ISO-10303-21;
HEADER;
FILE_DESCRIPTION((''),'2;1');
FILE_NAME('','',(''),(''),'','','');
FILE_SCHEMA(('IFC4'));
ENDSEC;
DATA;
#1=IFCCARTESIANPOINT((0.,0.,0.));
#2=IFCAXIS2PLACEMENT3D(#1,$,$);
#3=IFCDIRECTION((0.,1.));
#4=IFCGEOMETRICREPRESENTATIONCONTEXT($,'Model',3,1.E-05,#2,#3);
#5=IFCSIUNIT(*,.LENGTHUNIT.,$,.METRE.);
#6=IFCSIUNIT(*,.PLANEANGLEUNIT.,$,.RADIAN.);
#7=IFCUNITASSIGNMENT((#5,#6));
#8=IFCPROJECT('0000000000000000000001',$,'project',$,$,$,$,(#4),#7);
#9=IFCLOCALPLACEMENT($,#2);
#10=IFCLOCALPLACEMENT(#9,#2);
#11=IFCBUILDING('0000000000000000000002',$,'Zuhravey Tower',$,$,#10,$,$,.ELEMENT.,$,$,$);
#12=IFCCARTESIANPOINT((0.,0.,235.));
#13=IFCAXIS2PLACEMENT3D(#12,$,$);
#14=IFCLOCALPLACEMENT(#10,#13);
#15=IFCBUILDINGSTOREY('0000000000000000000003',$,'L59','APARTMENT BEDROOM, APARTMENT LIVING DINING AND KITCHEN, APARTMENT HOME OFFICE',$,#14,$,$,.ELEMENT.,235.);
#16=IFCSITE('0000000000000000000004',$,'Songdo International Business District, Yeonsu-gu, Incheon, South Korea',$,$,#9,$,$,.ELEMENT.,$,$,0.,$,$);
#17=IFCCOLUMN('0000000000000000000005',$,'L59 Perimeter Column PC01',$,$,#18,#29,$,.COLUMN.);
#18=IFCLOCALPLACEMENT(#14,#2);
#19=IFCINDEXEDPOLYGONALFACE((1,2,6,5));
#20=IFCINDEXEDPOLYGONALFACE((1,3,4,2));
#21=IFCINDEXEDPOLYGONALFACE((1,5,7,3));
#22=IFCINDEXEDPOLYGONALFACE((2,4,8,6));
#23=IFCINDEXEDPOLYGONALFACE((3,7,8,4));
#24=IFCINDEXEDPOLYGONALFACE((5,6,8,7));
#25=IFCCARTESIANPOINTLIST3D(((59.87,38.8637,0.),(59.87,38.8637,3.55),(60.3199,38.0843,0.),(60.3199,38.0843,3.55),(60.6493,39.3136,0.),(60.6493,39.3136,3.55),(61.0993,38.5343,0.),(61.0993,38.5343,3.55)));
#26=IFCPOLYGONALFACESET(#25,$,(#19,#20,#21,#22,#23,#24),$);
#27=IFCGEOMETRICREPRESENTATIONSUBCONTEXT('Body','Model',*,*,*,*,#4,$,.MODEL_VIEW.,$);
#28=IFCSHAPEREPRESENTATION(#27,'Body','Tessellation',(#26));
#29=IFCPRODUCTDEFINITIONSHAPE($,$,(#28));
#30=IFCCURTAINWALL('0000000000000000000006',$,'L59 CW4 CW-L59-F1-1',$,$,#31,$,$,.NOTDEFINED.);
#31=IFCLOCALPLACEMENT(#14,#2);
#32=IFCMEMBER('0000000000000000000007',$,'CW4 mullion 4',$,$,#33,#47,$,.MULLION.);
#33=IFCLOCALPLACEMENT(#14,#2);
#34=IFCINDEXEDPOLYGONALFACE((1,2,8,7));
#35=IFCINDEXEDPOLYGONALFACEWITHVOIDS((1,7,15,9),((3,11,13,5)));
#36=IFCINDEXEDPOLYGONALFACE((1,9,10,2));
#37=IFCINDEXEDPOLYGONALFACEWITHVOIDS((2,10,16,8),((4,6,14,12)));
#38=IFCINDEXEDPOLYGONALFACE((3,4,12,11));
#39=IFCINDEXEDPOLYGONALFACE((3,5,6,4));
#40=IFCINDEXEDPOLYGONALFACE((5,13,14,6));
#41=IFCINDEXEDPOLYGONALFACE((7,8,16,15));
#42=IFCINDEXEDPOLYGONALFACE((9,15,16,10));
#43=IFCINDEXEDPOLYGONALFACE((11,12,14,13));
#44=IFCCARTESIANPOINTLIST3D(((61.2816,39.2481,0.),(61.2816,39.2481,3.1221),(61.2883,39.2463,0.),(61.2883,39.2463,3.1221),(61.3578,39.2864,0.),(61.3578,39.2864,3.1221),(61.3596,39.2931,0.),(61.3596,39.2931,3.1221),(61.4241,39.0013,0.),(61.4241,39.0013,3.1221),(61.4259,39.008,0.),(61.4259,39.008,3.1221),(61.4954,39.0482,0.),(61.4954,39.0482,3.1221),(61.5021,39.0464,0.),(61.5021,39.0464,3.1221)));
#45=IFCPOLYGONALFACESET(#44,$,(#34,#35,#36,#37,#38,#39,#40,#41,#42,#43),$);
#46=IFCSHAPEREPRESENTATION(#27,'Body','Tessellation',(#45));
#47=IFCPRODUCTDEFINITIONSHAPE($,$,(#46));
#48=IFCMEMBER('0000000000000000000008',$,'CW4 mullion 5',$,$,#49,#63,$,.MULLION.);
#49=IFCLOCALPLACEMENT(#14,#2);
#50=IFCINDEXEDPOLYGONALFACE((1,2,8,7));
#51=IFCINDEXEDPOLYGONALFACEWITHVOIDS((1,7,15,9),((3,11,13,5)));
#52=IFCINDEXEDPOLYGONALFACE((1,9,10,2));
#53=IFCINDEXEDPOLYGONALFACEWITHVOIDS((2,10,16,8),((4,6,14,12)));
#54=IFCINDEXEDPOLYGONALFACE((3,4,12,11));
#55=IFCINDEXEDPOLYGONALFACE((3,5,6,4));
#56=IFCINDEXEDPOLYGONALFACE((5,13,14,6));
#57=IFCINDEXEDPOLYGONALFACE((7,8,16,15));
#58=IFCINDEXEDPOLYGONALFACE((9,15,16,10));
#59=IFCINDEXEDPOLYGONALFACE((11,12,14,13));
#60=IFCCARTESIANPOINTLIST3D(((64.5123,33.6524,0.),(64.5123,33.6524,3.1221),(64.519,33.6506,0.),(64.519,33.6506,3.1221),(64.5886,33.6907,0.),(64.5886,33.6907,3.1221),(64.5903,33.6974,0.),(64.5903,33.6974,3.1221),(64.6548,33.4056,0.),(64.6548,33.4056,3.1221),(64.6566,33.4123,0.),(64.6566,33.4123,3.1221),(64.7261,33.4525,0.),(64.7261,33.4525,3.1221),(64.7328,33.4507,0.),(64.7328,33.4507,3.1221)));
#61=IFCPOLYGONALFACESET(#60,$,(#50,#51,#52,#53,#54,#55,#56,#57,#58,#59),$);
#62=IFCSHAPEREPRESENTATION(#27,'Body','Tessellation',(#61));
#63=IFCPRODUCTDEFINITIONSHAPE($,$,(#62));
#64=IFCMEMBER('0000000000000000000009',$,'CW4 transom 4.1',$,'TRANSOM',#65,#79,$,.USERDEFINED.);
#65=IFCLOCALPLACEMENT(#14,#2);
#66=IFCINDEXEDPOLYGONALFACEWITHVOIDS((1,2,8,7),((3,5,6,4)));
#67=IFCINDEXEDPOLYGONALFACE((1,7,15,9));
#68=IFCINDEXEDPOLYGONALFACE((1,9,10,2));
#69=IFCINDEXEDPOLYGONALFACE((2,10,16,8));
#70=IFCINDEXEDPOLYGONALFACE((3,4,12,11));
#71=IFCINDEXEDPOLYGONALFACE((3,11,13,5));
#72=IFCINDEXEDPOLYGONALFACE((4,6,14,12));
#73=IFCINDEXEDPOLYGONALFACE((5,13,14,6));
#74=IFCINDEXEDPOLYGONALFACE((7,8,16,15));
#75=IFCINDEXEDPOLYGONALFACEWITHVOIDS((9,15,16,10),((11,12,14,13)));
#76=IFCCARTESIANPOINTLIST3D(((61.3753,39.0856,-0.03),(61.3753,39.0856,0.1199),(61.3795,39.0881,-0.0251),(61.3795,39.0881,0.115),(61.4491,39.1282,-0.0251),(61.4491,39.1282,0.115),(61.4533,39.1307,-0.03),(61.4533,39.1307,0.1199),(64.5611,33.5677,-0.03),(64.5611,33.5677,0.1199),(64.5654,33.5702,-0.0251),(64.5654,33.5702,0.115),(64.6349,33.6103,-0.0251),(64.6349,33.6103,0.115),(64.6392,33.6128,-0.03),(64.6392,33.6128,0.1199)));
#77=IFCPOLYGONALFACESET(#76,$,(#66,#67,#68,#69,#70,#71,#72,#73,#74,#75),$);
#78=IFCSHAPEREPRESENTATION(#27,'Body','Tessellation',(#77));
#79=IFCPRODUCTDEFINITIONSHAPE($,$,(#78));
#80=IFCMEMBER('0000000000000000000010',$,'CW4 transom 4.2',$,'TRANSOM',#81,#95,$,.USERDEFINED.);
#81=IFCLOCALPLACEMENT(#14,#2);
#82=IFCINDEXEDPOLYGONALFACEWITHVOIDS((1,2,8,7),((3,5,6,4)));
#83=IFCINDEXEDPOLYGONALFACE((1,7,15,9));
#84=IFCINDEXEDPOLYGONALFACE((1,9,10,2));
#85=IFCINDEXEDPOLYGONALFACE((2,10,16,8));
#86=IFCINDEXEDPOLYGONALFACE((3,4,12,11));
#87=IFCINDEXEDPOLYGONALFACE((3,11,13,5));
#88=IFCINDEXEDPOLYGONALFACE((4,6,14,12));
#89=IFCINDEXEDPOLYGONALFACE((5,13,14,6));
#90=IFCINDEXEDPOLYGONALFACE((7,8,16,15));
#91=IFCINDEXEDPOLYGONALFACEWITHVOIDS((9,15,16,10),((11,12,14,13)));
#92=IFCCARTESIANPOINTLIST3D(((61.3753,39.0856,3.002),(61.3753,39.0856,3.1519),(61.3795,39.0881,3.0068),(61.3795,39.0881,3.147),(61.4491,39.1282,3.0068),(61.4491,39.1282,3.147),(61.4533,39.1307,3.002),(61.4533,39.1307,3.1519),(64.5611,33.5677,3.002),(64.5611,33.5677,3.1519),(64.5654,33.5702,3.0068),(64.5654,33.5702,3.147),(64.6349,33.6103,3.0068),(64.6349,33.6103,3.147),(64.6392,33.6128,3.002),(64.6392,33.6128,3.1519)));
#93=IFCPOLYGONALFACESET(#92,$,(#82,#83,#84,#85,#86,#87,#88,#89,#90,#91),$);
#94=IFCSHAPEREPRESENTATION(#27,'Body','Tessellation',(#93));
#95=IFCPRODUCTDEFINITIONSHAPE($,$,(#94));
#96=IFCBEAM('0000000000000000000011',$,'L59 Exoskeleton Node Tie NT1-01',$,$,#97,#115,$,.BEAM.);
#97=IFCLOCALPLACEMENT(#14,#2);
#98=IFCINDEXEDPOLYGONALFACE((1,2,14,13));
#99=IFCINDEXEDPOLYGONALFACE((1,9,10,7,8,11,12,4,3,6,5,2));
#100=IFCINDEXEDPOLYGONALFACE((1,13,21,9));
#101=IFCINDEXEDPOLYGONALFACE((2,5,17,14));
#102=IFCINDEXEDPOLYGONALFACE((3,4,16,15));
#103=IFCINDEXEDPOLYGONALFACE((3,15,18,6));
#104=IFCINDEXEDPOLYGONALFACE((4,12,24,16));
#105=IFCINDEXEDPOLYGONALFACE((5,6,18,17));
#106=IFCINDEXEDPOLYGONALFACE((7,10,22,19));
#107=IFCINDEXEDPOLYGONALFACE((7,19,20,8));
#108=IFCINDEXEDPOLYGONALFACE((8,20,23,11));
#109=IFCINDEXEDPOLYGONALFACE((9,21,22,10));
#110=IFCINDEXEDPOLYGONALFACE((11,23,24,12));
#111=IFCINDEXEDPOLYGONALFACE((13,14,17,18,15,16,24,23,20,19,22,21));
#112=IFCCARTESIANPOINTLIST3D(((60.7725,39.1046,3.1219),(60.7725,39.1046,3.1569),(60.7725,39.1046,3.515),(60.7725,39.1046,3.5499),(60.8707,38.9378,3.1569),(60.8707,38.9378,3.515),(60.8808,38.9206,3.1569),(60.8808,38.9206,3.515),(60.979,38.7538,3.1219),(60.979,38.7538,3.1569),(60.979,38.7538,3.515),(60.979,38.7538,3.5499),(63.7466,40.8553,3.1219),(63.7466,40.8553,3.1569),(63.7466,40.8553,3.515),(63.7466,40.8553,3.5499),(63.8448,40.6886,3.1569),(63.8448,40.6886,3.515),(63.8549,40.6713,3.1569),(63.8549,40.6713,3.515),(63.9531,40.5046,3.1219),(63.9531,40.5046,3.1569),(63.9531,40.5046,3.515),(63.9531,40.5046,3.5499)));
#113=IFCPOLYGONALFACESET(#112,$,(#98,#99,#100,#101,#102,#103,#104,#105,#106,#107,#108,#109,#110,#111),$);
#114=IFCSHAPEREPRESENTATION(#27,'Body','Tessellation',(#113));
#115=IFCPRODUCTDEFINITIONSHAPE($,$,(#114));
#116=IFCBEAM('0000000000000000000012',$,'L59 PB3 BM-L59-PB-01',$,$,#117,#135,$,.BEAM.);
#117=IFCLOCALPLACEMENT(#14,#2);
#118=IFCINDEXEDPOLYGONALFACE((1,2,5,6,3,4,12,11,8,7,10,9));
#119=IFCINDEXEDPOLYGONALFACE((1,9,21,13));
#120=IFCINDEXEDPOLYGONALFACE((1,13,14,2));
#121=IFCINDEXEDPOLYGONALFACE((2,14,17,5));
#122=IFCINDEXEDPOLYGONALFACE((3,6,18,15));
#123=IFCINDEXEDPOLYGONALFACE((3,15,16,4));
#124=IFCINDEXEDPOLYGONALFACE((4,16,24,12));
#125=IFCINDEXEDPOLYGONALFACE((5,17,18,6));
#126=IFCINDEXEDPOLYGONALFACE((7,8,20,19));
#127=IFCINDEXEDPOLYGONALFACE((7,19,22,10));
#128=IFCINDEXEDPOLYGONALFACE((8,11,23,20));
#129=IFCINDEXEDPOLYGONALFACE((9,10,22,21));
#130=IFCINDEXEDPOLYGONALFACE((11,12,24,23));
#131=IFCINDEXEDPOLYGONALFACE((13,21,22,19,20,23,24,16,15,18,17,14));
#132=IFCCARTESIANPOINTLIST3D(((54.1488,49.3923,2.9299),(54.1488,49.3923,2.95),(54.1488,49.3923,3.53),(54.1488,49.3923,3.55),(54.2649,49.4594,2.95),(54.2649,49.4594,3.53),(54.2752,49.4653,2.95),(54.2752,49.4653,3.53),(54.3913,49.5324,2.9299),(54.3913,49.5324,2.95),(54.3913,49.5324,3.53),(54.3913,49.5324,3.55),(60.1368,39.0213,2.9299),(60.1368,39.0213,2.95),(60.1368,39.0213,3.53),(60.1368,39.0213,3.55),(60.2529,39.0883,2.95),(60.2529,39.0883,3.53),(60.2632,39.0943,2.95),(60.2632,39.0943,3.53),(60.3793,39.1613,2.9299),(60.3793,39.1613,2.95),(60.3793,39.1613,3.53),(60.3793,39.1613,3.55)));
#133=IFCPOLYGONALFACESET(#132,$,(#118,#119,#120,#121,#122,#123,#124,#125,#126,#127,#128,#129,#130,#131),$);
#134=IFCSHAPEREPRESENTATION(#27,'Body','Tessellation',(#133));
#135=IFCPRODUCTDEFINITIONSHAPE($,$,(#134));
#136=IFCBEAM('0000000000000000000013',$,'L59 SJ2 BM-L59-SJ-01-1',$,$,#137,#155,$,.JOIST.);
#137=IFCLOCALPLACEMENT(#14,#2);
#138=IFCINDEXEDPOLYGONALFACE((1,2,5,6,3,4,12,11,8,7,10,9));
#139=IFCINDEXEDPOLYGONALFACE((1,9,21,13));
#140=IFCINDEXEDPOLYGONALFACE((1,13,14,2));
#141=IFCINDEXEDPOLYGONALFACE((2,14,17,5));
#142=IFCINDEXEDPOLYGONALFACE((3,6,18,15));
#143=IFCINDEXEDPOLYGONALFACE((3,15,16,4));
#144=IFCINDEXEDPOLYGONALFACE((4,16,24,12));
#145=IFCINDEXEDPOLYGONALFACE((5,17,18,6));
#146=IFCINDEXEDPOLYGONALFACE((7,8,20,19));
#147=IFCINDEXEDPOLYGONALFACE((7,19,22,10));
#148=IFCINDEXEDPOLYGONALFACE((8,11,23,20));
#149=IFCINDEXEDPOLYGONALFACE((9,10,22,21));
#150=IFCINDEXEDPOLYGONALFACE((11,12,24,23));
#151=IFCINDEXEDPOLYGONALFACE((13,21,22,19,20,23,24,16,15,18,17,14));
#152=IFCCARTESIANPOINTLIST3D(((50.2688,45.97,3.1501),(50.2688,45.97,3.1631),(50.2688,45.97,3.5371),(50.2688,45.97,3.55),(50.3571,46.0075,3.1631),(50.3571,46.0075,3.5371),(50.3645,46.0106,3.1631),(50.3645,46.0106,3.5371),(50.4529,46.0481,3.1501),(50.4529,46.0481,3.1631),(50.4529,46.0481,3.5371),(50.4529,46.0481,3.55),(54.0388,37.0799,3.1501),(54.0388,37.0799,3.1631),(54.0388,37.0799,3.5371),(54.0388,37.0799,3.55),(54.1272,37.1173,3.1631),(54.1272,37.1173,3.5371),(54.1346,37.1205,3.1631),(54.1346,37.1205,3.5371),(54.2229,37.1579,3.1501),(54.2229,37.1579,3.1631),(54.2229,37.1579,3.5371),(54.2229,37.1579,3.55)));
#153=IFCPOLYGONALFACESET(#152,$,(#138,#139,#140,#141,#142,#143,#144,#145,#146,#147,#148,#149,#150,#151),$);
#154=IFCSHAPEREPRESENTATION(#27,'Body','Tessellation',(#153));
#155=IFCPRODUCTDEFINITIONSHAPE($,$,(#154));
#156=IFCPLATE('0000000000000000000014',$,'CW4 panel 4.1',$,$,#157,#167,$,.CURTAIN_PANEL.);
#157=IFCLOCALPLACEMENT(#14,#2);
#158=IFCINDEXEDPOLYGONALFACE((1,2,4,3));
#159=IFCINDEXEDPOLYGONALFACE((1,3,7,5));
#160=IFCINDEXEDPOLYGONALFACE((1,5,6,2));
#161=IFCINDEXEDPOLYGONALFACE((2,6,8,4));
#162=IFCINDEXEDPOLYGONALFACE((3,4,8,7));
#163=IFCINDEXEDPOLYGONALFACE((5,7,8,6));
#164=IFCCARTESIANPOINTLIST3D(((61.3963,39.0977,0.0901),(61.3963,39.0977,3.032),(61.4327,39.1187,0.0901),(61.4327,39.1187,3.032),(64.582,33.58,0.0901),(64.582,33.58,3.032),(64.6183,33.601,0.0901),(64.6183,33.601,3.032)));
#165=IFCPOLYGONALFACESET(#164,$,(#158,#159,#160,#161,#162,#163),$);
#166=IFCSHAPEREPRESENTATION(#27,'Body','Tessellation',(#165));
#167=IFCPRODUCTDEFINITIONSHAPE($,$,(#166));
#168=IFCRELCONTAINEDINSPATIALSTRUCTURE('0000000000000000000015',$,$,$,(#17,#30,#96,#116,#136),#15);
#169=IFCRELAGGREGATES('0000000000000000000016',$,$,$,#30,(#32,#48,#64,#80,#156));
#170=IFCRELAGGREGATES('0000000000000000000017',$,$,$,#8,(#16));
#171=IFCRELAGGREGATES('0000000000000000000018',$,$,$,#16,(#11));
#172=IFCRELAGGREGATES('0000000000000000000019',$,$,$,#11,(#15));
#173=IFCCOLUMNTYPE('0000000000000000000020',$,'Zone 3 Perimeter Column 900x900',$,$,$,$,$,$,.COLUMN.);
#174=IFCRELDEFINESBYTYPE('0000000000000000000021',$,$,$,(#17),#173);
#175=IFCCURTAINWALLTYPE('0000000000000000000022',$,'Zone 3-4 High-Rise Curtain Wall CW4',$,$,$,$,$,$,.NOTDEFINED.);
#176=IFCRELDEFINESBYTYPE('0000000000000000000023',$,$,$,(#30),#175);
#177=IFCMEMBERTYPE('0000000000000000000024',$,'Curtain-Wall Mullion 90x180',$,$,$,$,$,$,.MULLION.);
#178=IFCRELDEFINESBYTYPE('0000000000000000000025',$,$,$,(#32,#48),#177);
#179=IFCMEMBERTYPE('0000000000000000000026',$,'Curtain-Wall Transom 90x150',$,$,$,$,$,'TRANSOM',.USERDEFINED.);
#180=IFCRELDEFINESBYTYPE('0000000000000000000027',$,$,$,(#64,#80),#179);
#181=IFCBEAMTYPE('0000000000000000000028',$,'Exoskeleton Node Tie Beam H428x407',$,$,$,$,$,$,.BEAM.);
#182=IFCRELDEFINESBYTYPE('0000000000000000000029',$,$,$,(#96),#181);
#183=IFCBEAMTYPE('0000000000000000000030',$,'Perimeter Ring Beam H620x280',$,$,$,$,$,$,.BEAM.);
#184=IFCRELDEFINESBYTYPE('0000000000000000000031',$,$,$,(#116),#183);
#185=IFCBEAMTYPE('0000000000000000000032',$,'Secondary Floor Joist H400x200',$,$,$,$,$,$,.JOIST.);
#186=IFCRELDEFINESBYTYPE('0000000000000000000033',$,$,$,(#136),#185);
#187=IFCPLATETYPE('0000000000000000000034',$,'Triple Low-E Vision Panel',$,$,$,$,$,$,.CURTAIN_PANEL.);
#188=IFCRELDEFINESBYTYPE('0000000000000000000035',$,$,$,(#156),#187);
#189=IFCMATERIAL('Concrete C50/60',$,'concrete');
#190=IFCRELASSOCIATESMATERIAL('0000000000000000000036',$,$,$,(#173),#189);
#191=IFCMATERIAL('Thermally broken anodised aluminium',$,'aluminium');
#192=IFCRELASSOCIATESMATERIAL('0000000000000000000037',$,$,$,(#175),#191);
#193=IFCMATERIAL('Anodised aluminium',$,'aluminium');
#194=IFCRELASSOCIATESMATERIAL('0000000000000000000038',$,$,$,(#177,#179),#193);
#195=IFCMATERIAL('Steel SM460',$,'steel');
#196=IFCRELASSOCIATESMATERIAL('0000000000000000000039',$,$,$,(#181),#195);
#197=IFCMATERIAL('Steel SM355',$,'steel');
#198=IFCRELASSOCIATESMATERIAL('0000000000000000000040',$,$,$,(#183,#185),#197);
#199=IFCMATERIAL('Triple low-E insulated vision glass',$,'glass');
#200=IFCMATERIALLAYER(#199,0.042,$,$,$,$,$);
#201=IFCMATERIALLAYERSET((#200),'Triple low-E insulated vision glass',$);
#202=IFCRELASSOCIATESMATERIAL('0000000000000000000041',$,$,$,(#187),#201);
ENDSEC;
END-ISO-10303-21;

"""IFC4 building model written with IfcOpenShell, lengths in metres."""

from ifc_helpers import new_model, si_unit, direction, frame, origin, origin_2d, place, context, subcontext, project, spatial, rectangle, hollow_rectangle, i_section, extrude, material, layer, layer_set, material_profile, profile_set, type_object, element, aggregate, save


model = new_model("IFC4")

# Units and contexts
model_context = context("Model", 3, precision=1e-05, world=origin(), true_north=direction((0.0, 1.0)))
body_context = subcontext(model_context, "Body", "Model", "MODEL_VIEW")
ifc_project = project(units=[si_unit("LENGTHUNIT", "METRE"), si_unit("PLANEANGLEUNIT", "RADIAN")], contexts=[model_context])

# Site, building, storey
site_placement = place(None, origin())
site = spatial("IfcSite", under=ifc_project, at=site_placement, Name="Songdo International Business District, Yeonsu-gu, Incheon, South Korea", CompositionType="ELEMENT", RefElevation=0.0)
building_placement = place(site_placement, origin())
building = spatial("IfcBuilding", under=site, at=building_placement, Name="Zuhravey Tower", CompositionType="ELEMENT")
storey_placement = place(building_placement, frame((0.0, 0.0, 235.0)))
storey = spatial("IfcBuildingStorey", under=building, at=storey_placement, Name="L59", Description="APARTMENT BEDROOM, APARTMENT LIVING DINING AND KITCHEN, APARTMENT HOME OFFICE", CompositionType="ELEMENT", Elevation=235.0)

# Column
ifc_material_1 = material(Name="Concrete C50/60", Category="concrete")
ifc_material_profile_1 = material_profile(ifc_material_1, rectangle(XDim=0.8999, YDim=0.8999, at=origin_2d()), Name="RC-900x900")
ifc_profile_set_1 = profile_set([ifc_material_profile_1], Name="Concrete C50/60")
column_type = type_object("IfcColumnType", Name="Zone 3 Perimeter Column 900x900", PredefinedType="COLUMN", material=ifc_profile_set_1)
column_placement = place(storey_placement, frame((60.4846, 38.699, 0.0), z_axis=(0.0, 0.0, 1.0), x_axis=(-0.5, 0.866025, 0.0)))
element("IfcColumn", 1, at=column_placement, inside=storey, type_object=column_type, Name="L59 Perimeter Column PC01", PredefinedType="COLUMN", context=body_context, shape_type="SweptSolid", body=[
    extrude(rectangle(XDim=0.8999, YDim=0.8999, at=origin_2d()), origin(), (0.0, 0.0, 1.0), 3.55),
])

# Curtain wall, members
ifc_material_2 = material(Name="Thermally broken anodised aluminium", Category="aluminium")
curtain_wall_type = type_object("IfcCurtainWallType", Name="Zone 3-4 High-Rise Curtain Wall CW4", PredefinedType="NOTDEFINED", material=ifc_material_2)
curtain_wall_placement = place(storey_placement, origin())
curtain_wall = element("IfcCurtainWall", 2, at=curtain_wall_placement, inside=storey, type_object=curtain_wall_type, Name="L59 CW4 CW-L59-F1-1", PredefinedType="NOTDEFINED")
ifc_material_3 = material(Name="Anodised aluminium", Category="aluminium")
ifc_material_profile_2 = material_profile(ifc_material_3, hollow_rectangle(XDim=0.0901, YDim=0.2849, WallThickness=0.0049, at=origin_2d()), Name="ALU-RHS-90x285x5")
ifc_profile_set_2 = profile_set([ifc_material_profile_2], Name="Anodised aluminium")
member_type_1 = type_object("IfcMemberType", Name="Curtain-Wall Mullion 90x180", PredefinedType="MULLION", material=ifc_profile_set_2)
member_1_placement = place(storey_placement, frame((61.3918, 39.1472, 0.0), z_axis=(0.0, 0.0, 1.0), x_axis=(0.866025, 0.500001, 0.0)))
member_1 = element("IfcMember", 3, at=member_1_placement, type_object=member_type_1, Name="CW4 mullion 4", PredefinedType="MULLION", context=body_context, shape_type="SweptSolid", body=[
    extrude(hollow_rectangle(XDim=0.0901, YDim=0.2849, WallThickness=0.0049, at=origin_2d()), origin(), (0.0, 0.0, 1.0), 3.1221),
])
member_2_placement = place(storey_placement, frame((64.6226, 33.5515, 0.0), z_axis=(0.0, 0.0, 1.0), x_axis=(0.866025, 0.500001, 0.0)))
member_2 = element("IfcMember", 4, at=member_2_placement, type_object=member_type_1, Name="CW4 mullion 5", PredefinedType="MULLION", context=body_context, shape_type="SweptSolid", body=[
    extrude(hollow_rectangle(XDim=0.0901, YDim=0.2849, WallThickness=0.0049, at=origin_2d()), origin(), (0.0, 0.0, 1.0), 3.1221),
])
ifc_material_profile_3 = material_profile(ifc_material_3, hollow_rectangle(XDim=0.0901, YDim=0.1499, WallThickness=0.0049, at=origin_2d()), Name="ALU-RHS-90x150x5")
ifc_profile_set_3 = profile_set([ifc_material_profile_3], Name="Anodised aluminium")
member_type_2 = type_object("IfcMemberType", Name="Curtain-Wall Transom 90x150", ElementType="TRANSOM", PredefinedType="USERDEFINED", material=ifc_profile_set_3)
member_3_placement = place(storey_placement, frame((61.4143, 39.1082, 0.0449), z_axis=(0.500009, -0.86602, 0.0), x_axis=(0.86602, 0.500009, 0.0)))
member_3 = element("IfcMember", 5, at=member_3_placement, type_object=member_type_2, Name="CW4 transom 4.1", ObjectType="TRANSOM", PredefinedType="USERDEFINED", context=body_context, shape_type="SweptSolid", body=[
    extrude(hollow_rectangle(XDim=0.0901, YDim=0.1499, WallThickness=0.0049, at=origin_2d()), origin(), (0.0, 0.0, 1.0), 6.3716),
])
member_4_placement = place(storey_placement, frame((61.4143, 39.1082, 3.0769), z_axis=(0.500009, -0.86602, 0.0), x_axis=(0.86602, 0.500009, 0.0)))
member_4 = element("IfcMember", 6, at=member_4_placement, type_object=member_type_2, Name="CW4 transom 4.2", ObjectType="TRANSOM", PredefinedType="USERDEFINED", context=body_context, shape_type="SweptSolid", body=[
    extrude(hollow_rectangle(XDim=0.0901, YDim=0.1499, WallThickness=0.0049, at=origin_2d()), origin(), (0.0, 0.0, 1.0), 6.3716),
])

# Beams
ifc_material_4 = material(Name="Steel SM460", Category="steel")
ifc_material_profile_4 = material_profile(ifc_material_4, i_section(OverallWidth=0.407, OverallDepth=0.428, WebThickness=0.02, FlangeThickness=0.0349, at=origin_2d()), Name="H-428x407x20x35")
ifc_profile_set_4 = profile_set([ifc_material_profile_4], Name="Steel SM460")
beam_type_1 = type_object("IfcBeamType", Name="Exoskeleton Node Tie Beam H428x407", PredefinedType="BEAM", material=ifc_profile_set_4)
beam_1_placement = place(storey_placement, frame((60.8757, 38.9292, 3.3359), z_axis=(0.861776, 0.507289, 0.0), x_axis=(-0.507289, 0.861776, 0.0)))
element("IfcBeam", 7, at=beam_1_placement, inside=storey, type_object=beam_type_1, Name="L59 Exoskeleton Node Tie NT1-01", PredefinedType="BEAM", context=body_context, shape_type="SweptSolid", body=[
    extrude(i_section(OverallWidth=0.407, OverallDepth=0.428, WebThickness=0.02, FlangeThickness=0.0349, at=origin_2d()), origin(), (0.0, 0.0, 1.0), 3.4512),
])
ifc_material_5 = material(Name="Steel SM355", Category="steel")
ifc_material_profile_5 = material_profile(ifc_material_5, i_section(OverallWidth=0.28, OverallDepth=0.6201, WebThickness=0.012, FlangeThickness=0.02, at=origin_2d()), Name="H-620x280x12x20")
ifc_profile_set_5 = profile_set([ifc_material_profile_5], Name="Steel SM355")
beam_type_2 = type_object("IfcBeamType", Name="Perimeter Ring Beam H620x280", PredefinedType="BEAM", material=ifc_profile_set_5)
beam_2_placement = place(storey_placement, frame((60.2581, 39.0913, 3.24), z_axis=(-0.500018, 0.866015, 0.0), x_axis=(-0.866015, -0.500018, 0.0)))
element("IfcBeam", 8, at=beam_2_placement, inside=storey, type_object=beam_type_2, Name="L59 PB3 BM-L59-PB-01", PredefinedType="BEAM", context=body_context, shape_type="SweptSolid", body=[
    extrude(i_section(OverallWidth=0.28, OverallDepth=0.6201, WebThickness=0.012, FlangeThickness=0.02, at=origin_2d()), origin(), (0.0, 0.0, 1.0), 11.9756),
])
ifc_material_profile_6 = material_profile(ifc_material_5, i_section(OverallWidth=0.2, OverallDepth=0.3999, WebThickness=0.0081, FlangeThickness=0.0129, at=origin_2d()), Name="H-400x200x8x13")
ifc_profile_set_6 = profile_set([ifc_material_profile_6], Name="Steel SM355")
beam_type_3 = type_object("IfcBeamType", Name="Secondary Floor Joist H400x200", PredefinedType="JOIST", material=ifc_profile_set_6)
beam_3_placement = place(storey_placement, frame((54.1309, 37.1189, 3.3501), z_axis=(-0.390413, 0.92064, 0.0), x_axis=(-0.92064, -0.390413, 0.0)))
element("IfcBeam", 9, at=beam_3_placement, inside=storey, type_object=beam_type_3, Name="L59 SJ2 BM-L59-SJ-01-1", PredefinedType="JOIST", context=body_context, shape_type="SweptSolid", body=[
    extrude(i_section(OverallWidth=0.2, OverallDepth=0.3999, WebThickness=0.0081, FlangeThickness=0.0129, at=origin_2d()), origin(), (0.0, 0.0, 1.0), 9.6565),
])

# Plate
ifc_material_6 = material(Name="Triple low-E insulated vision glass", Category="glass")
ifc_layer_1 = layer(ifc_material_6, 0.042)
ifc_layer_set_1 = layer_set([ifc_layer_1], Name="Triple low-E insulated vision glass")
plate_type = type_object("IfcPlateType", Name="Triple Low-E Vision Panel", PredefinedType="CURTAIN_PANEL", material=ifc_layer_set_1)
plate_placement = place(storey_placement, frame((63.0073, 36.3494, 0.0901), z_axis=(0.0, 0.0, 1.0), x_axis=(0.500001, -0.866025, 0.0)))
plate = element("IfcPlate", 10, at=plate_placement, type_object=plate_type, Name="CW4 panel 4.1", PredefinedType="CURTAIN_PANEL", context=body_context, shape_type="SweptSolid", body=[
    extrude(rectangle(XDim=6.3713, YDim=0.042, at=origin_2d()), origin(), (0.0, 0.0, 1.0), 2.9419),
])
aggregate(curtain_wall, [member_1, member_2, member_3, member_4, plate])

save(model, "model.ifc")
